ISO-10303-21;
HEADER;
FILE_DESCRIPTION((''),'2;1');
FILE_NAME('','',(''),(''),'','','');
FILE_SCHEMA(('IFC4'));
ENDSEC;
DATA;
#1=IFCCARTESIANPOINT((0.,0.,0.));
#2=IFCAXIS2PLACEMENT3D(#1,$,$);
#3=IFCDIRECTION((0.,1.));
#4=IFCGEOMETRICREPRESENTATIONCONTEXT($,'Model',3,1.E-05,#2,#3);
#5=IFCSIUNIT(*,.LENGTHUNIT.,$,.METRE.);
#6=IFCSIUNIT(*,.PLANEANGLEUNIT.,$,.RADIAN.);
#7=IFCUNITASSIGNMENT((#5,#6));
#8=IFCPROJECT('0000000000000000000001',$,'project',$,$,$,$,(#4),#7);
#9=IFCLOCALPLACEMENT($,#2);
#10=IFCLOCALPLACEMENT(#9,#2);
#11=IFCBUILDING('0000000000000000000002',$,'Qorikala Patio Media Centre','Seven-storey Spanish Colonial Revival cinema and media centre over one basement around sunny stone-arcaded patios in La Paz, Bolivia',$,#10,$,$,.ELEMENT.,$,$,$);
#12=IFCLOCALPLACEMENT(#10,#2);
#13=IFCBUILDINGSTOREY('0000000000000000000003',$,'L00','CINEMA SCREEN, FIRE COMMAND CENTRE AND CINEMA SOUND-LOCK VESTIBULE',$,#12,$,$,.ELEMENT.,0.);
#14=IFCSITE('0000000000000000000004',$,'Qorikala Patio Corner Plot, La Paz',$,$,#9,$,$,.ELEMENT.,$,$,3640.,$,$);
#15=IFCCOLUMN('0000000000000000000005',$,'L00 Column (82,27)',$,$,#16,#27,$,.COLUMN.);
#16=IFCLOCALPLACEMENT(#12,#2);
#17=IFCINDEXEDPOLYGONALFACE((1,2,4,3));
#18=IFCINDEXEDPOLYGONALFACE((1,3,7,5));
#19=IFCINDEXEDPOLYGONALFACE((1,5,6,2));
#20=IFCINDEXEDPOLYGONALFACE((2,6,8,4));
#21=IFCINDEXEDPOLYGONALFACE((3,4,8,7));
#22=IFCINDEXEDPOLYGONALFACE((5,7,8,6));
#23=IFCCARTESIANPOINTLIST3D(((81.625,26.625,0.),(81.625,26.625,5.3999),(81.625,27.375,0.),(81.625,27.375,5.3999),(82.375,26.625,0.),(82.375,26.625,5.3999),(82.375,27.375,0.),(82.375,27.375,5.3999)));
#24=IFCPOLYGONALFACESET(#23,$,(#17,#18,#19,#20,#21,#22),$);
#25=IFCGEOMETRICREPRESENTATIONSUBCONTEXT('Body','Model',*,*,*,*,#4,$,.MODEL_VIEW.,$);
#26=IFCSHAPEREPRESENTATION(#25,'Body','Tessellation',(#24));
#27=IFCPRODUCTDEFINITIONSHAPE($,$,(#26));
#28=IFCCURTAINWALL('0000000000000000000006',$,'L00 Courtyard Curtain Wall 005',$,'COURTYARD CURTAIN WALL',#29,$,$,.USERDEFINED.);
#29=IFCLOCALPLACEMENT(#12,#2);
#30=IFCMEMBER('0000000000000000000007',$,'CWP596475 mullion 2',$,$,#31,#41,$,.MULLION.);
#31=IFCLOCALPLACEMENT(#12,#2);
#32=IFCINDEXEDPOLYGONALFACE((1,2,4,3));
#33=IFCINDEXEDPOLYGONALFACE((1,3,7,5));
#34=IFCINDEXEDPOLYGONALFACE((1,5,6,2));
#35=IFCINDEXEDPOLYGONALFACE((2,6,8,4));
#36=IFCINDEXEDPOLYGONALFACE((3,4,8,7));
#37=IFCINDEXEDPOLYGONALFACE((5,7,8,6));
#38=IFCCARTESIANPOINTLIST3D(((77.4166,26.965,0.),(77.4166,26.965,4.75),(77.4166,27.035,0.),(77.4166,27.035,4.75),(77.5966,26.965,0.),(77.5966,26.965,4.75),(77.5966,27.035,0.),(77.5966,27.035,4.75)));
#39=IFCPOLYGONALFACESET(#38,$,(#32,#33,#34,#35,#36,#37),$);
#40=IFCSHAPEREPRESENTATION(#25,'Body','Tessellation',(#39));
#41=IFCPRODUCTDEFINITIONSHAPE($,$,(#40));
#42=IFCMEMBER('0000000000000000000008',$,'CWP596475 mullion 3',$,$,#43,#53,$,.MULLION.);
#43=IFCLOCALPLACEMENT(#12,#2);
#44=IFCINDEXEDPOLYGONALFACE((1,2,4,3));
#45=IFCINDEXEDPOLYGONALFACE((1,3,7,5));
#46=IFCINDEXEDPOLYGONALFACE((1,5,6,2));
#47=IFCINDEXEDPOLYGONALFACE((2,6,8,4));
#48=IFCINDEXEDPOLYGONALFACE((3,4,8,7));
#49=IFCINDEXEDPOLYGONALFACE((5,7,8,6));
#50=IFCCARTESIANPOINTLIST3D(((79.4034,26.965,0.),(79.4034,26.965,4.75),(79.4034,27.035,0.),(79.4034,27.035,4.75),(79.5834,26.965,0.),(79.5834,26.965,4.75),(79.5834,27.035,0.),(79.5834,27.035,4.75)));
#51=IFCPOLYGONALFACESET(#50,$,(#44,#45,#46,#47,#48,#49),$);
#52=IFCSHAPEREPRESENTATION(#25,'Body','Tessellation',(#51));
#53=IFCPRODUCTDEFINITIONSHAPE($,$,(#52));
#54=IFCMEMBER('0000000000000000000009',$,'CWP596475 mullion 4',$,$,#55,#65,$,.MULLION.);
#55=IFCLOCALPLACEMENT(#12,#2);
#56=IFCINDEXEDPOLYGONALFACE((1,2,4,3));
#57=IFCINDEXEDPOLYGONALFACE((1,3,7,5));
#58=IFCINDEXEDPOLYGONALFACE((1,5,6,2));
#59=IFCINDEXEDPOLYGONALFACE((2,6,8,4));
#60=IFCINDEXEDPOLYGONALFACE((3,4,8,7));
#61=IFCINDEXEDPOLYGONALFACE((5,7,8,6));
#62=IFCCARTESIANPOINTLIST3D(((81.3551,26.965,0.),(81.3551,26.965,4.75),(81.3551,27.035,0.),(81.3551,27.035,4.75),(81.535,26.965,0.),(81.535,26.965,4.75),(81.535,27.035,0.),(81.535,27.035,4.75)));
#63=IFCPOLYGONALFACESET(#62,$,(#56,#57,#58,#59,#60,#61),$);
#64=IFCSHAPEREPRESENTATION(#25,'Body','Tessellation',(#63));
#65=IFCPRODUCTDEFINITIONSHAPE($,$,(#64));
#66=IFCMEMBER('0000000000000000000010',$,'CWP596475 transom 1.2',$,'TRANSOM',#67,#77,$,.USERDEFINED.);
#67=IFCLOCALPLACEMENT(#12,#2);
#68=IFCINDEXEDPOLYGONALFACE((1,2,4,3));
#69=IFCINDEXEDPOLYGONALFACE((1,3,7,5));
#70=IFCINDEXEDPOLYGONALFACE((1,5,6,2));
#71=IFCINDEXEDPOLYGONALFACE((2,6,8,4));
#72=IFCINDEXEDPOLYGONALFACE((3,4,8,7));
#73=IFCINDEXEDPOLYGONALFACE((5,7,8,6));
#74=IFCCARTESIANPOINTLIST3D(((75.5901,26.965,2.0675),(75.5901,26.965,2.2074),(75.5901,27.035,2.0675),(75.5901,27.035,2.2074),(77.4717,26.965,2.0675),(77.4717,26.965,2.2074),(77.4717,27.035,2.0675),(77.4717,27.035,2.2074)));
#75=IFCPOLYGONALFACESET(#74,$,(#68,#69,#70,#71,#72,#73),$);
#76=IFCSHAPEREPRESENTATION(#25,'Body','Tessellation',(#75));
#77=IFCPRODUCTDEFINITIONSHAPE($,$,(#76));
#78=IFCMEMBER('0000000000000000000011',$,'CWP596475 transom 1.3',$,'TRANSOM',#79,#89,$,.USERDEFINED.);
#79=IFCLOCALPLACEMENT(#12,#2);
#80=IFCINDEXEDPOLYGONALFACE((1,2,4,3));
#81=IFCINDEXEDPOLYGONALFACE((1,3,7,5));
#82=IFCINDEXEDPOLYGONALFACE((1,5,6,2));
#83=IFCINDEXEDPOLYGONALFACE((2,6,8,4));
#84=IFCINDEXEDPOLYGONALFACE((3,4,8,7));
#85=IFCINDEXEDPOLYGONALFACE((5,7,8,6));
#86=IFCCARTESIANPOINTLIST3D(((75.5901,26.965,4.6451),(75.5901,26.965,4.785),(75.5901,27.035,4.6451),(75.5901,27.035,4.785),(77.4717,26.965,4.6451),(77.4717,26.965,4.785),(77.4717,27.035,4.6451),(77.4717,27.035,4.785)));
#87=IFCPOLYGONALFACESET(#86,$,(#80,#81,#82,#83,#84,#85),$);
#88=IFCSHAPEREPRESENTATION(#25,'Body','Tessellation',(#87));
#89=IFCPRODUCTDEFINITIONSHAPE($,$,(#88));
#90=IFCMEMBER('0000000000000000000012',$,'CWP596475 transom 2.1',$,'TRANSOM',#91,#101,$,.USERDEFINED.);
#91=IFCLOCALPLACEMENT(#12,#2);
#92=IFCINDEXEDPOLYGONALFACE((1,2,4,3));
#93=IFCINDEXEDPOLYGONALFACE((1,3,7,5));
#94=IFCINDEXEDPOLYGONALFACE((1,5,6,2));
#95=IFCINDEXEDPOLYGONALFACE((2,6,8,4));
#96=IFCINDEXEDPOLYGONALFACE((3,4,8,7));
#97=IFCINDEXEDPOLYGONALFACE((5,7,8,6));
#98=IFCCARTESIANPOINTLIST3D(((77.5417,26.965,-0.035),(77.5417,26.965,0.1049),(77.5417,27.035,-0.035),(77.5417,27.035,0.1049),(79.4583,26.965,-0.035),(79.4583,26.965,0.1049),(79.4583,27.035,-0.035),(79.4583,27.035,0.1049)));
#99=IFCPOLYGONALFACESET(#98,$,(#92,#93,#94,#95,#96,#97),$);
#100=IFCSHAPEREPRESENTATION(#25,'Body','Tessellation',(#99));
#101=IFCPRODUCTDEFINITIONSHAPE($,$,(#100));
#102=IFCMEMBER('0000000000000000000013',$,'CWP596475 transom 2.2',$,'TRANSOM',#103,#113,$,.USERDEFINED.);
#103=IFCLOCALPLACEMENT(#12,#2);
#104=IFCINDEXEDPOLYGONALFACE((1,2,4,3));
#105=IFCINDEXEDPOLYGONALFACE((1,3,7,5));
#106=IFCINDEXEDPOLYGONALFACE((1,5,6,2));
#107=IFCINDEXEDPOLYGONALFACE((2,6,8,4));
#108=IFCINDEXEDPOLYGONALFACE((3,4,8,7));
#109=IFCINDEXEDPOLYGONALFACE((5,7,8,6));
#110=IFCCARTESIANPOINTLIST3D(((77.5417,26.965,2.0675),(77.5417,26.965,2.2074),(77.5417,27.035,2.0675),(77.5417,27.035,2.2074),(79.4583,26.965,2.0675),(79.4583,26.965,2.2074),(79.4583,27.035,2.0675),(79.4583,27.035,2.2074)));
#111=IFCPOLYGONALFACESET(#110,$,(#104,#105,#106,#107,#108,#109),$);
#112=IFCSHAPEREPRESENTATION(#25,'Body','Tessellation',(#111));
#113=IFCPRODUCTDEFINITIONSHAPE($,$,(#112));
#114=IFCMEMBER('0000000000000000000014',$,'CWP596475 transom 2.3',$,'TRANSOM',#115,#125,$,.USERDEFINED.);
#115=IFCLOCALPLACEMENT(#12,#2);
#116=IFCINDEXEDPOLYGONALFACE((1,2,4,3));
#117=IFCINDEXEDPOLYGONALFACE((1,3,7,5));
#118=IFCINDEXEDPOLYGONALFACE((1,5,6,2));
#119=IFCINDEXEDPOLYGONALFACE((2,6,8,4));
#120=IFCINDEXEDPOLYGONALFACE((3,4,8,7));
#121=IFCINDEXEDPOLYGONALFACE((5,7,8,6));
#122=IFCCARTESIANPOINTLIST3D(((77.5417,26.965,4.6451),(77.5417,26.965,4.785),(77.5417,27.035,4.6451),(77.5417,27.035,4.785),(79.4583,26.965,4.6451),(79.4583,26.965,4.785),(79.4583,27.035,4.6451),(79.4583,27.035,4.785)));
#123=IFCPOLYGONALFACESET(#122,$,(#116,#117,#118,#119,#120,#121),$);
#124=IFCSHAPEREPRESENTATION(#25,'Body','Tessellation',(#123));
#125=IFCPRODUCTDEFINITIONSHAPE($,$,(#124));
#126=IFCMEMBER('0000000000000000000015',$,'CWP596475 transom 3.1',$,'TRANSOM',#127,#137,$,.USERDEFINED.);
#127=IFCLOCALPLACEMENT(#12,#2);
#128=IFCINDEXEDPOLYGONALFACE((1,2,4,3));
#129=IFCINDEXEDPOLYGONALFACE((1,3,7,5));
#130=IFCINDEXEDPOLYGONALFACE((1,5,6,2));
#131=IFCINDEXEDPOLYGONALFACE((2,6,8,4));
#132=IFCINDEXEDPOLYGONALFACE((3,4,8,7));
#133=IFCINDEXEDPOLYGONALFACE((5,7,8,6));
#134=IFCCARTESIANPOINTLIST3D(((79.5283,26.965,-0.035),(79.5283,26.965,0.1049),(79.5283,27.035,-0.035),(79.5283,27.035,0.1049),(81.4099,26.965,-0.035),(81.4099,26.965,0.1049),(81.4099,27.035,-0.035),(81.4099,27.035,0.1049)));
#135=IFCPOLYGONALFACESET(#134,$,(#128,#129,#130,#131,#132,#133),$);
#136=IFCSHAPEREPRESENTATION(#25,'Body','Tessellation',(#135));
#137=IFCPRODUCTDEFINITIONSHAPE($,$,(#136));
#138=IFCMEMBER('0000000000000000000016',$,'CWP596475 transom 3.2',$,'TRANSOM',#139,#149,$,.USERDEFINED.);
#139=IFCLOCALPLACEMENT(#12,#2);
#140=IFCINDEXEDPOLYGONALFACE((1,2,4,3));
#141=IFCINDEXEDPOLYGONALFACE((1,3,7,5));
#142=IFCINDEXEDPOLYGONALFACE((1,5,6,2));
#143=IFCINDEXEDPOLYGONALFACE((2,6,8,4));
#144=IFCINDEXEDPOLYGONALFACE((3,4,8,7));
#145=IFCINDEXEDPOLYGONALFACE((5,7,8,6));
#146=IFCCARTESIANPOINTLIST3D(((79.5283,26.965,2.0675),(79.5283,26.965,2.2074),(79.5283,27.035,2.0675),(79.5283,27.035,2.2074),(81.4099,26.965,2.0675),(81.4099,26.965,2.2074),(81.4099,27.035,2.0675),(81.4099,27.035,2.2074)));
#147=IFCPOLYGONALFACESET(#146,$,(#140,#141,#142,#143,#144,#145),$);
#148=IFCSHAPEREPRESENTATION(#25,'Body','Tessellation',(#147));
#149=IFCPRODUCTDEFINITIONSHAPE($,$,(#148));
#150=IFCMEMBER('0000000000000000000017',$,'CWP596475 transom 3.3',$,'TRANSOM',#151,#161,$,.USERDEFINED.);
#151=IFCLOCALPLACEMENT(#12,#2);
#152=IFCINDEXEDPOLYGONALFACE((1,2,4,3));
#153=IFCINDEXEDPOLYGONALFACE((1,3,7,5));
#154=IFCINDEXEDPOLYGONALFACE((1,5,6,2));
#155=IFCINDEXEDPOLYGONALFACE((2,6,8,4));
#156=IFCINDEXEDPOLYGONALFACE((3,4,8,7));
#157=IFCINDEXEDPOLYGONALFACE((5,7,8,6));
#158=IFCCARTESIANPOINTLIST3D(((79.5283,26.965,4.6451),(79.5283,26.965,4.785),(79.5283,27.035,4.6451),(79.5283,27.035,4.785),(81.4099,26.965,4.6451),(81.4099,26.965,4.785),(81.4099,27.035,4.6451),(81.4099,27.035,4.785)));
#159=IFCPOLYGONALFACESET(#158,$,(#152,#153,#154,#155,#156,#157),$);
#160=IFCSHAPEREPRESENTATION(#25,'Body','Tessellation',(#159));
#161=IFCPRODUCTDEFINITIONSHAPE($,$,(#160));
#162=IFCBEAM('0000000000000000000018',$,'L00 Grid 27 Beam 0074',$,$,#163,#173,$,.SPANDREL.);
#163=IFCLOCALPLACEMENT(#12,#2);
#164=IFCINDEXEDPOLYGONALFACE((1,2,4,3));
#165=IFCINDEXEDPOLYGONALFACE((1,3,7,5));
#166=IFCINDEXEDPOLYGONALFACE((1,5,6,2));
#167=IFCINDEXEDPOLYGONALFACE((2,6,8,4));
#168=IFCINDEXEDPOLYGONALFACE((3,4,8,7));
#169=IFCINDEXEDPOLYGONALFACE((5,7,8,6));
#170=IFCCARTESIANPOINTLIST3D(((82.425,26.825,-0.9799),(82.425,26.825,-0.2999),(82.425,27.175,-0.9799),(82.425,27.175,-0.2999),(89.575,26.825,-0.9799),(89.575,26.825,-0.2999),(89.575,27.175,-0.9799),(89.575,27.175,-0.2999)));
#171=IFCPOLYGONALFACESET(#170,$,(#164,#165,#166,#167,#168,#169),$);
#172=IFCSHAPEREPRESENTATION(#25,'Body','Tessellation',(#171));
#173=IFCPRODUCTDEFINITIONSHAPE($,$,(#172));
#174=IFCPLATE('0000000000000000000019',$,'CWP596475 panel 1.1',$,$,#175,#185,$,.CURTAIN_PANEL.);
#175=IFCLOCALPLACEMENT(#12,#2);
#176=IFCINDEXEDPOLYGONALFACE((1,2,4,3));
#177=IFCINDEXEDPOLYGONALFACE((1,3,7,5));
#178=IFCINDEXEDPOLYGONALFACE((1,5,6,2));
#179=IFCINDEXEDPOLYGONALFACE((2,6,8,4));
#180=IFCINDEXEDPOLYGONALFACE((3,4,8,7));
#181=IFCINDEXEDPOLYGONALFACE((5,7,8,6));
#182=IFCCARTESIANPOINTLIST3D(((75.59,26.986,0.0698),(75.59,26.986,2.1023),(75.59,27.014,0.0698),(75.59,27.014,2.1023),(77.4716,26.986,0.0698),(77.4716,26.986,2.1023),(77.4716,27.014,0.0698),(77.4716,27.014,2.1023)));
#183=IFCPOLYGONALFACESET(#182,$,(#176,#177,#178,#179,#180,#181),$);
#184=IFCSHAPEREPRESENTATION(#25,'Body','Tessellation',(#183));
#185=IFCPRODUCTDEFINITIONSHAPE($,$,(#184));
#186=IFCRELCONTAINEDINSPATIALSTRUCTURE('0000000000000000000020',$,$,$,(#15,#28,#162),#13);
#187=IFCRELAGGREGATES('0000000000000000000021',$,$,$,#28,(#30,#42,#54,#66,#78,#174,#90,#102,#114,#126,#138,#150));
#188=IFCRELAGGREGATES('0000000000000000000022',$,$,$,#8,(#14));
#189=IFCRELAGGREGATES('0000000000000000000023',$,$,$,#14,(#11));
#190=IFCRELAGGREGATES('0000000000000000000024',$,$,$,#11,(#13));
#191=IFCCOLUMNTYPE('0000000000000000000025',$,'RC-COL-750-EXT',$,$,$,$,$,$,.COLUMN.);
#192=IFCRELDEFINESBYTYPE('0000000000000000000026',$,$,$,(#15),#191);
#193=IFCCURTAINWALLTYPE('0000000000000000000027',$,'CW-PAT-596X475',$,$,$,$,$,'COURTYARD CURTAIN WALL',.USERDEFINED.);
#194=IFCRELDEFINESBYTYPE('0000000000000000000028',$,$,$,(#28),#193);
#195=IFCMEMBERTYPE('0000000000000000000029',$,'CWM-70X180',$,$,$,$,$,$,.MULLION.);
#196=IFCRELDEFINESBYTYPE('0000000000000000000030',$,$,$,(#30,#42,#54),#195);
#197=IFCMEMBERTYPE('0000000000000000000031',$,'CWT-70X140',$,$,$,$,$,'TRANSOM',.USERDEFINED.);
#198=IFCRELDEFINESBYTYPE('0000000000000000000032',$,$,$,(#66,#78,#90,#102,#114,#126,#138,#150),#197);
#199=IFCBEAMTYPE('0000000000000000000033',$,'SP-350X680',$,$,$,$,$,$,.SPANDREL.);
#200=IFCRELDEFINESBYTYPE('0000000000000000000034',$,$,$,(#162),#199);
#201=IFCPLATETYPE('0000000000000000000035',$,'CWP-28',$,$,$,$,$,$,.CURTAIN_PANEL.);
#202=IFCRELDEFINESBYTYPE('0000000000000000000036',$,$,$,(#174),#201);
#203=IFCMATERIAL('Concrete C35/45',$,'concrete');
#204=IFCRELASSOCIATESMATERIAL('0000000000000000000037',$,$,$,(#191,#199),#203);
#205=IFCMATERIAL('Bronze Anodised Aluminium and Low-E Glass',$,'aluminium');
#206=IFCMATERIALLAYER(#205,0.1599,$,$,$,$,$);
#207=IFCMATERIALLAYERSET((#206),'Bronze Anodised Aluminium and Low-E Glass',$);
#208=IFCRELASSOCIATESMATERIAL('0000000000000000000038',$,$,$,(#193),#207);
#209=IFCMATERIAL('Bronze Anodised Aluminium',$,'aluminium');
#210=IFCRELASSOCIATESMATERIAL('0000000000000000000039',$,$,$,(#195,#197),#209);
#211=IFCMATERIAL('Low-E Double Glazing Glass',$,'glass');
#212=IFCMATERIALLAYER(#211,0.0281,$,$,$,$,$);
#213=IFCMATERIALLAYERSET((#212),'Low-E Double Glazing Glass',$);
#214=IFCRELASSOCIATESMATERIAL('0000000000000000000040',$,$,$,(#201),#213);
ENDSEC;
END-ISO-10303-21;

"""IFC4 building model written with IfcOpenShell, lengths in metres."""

from ifc_helpers import new_model, si_unit, direction, frame, origin, origin_2d, place, context, subcontext, project, spatial, rectangle, extrude, material, layer, layer_set, material_profile, profile_set, type_object, element, aggregate, save


model = new_model("IFC4")

# Units and contexts
model_context = context("Model", 3, precision=1e-05, world=origin(), true_north=direction((0.0, 1.0)))
body_context = subcontext(model_context, "Body", "Model", "MODEL_VIEW")
ifc_project = project(units=[si_unit("LENGTHUNIT", "METRE"), si_unit("PLANEANGLEUNIT", "RADIAN")], contexts=[model_context])

# Site, building, storey
site_placement = place(None, origin())
site = spatial("IfcSite", under=ifc_project, at=site_placement, Name="Qorikala Patio Corner Plot, La Paz", CompositionType="ELEMENT", RefElevation=3640.0)
building_placement = place(site_placement, origin())
building = spatial("IfcBuilding", under=site, at=building_placement, Name="Qorikala Patio Media Centre", Description="Seven-storey Spanish Colonial Revival cinema and media centre over one basement around sunny stone-arcaded patios in La Paz, Bolivia", CompositionType="ELEMENT")
storey_placement = place(building_placement, origin())
storey = spatial("IfcBuildingStorey", under=building, at=storey_placement, Name="L00", Description="CINEMA SCREEN, FIRE COMMAND CENTRE AND CINEMA SOUND-LOCK VESTIBULE", CompositionType="ELEMENT", Elevation=0.0)

# Column
ifc_material_1 = material(Name="Concrete C35/45", Category="concrete")
ifc_material_profile_1 = material_profile(ifc_material_1, rectangle(XDim=0.75, YDim=0.75, at=origin_2d()), Name="RC 750x750")
ifc_profile_set_1 = profile_set([ifc_material_profile_1], Name="Concrete C35/45")
column_type = type_object("IfcColumnType", Name="RC-COL-750-EXT", PredefinedType="COLUMN", material=ifc_profile_set_1)
column_placement = place(storey_placement, frame((82.0, 27.0, 0.0), z_axis=(0.0, 0.0, 1.0), x_axis=(1.0, 0.0, 0.0)))
element("IfcColumn", 1, at=column_placement, inside=storey, type_object=column_type, Name="L00 Column (82,27)", PredefinedType="COLUMN", context=body_context, shape_type="SweptSolid", body=[
    extrude(rectangle(XDim=0.75, YDim=0.75, at=origin_2d()), origin(), (0.0, 0.0, 1.0), 5.3999),
])

# Curtain wall, members
ifc_material_2 = material(Name="Bronze Anodised Aluminium and Low-E Glass", Category="aluminium")
ifc_layer_1 = layer(ifc_material_2, 0.1599)
ifc_layer_set_1 = layer_set([ifc_layer_1], Name="Bronze Anodised Aluminium and Low-E Glass")
curtain_wall_type = type_object("IfcCurtainWallType", Name="CW-PAT-596X475", ElementType="COURTYARD CURTAIN WALL", PredefinedType="USERDEFINED", material=ifc_layer_set_1)
curtain_wall_placement = place(storey_placement, origin())
curtain_wall = element("IfcCurtainWall", 2, at=curtain_wall_placement, inside=storey, type_object=curtain_wall_type, Name="L00 Courtyard Curtain Wall 005", ObjectType="COURTYARD CURTAIN WALL", PredefinedType="USERDEFINED")
ifc_material_3 = material(Name="Bronze Anodised Aluminium", Category="aluminium")
ifc_material_profile_2 = material_profile(ifc_material_3, rectangle(XDim=0.0701, YDim=0.1799, at=origin_2d()), Name="ALU MULLION 70x180")
ifc_profile_set_2 = profile_set([ifc_material_profile_2], Name="Bronze Anodised Aluminium")
member_type_1 = type_object("IfcMemberType", Name="CWM-70X180", PredefinedType="MULLION", material=ifc_profile_set_2)
member_1_placement = place(storey_placement, frame((77.5066, 27.0, 0.0), z_axis=(0.0, 0.0, 1.0), x_axis=(0.0, 1.0, 0.0)))
member_1 = element("IfcMember", 3, at=member_1_placement, type_object=member_type_1, Name="CWP596475 mullion 2", PredefinedType="MULLION", context=body_context, shape_type="SweptSolid", body=[
    extrude(rectangle(XDim=0.0701, YDim=0.1799, at=origin_2d()), origin(), (0.0, 0.0, 1.0), 4.75),
])
member_2_placement = place(storey_placement, frame((79.4934, 27.0, 0.0), z_axis=(0.0, 0.0, 1.0), x_axis=(0.0, 1.0, 0.0)))
member_2 = element("IfcMember", 4, at=member_2_placement, type_object=member_type_1, Name="CWP596475 mullion 3", PredefinedType="MULLION", context=body_context, shape_type="SweptSolid", body=[
    extrude(rectangle(XDim=0.0701, YDim=0.1799, at=origin_2d()), origin(), (0.0, 0.0, 1.0), 4.75),
])
member_3_placement = place(storey_placement, frame((81.4451, 27.0, 0.0), z_axis=(0.0, 0.0, 1.0), x_axis=(0.0, 1.0, 0.0)))
member_3 = element("IfcMember", 5, at=member_3_placement, type_object=member_type_1, Name="CWP596475 mullion 4", PredefinedType="MULLION", context=body_context, shape_type="SweptSolid", body=[
    extrude(rectangle(XDim=0.0701, YDim=0.1799, at=origin_2d()), origin(), (0.0, 0.0, 1.0), 4.75),
])
ifc_material_profile_3 = material_profile(ifc_material_3, rectangle(XDim=0.0701, YDim=0.1399, at=origin_2d()), Name="ALU TRANSOM 70x140")
ifc_profile_set_3 = profile_set([ifc_material_profile_3], Name="Bronze Anodised Aluminium")
member_type_2 = type_object("IfcMemberType", Name="CWT-70X140", ElementType="TRANSOM", PredefinedType="USERDEFINED", material=ifc_profile_set_3)
member_4_placement = place(storey_placement, frame((75.5901, 27.0, 2.1375), z_axis=(1.0, 0.0, 0.0), x_axis=(0.0, 1.0, 0.0)))
member_4 = element("IfcMember", 6, at=member_4_placement, type_object=member_type_2, Name="CWP596475 transom 1.2", ObjectType="TRANSOM", PredefinedType="USERDEFINED", context=body_context, shape_type="SweptSolid", body=[
    extrude(rectangle(XDim=0.0701, YDim=0.1399, at=origin_2d()), origin(), (0.0, 0.0, 1.0), 1.8816),
])
member_5_placement = place(storey_placement, frame((75.5901, 27.0, 4.7151), z_axis=(1.0, 0.0, 0.0), x_axis=(0.0, 1.0, 0.0)))
member_5 = element("IfcMember", 7, at=member_5_placement, type_object=member_type_2, Name="CWP596475 transom 1.3", ObjectType="TRANSOM", PredefinedType="USERDEFINED", context=body_context, shape_type="SweptSolid", body=[
    extrude(rectangle(XDim=0.0701, YDim=0.1399, at=origin_2d()), origin(), (0.0, 0.0, 1.0), 1.8816),
])
member_6_placement = place(storey_placement, frame((77.5417, 27.0, 0.0349), z_axis=(1.0, 0.0, 0.0), x_axis=(0.0, 1.0, 0.0)))
member_6 = element("IfcMember", 8, at=member_6_placement, type_object=member_type_2, Name="CWP596475 transom 2.1", ObjectType="TRANSOM", PredefinedType="USERDEFINED", context=body_context, shape_type="SweptSolid", body=[
    extrude(rectangle(XDim=0.0701, YDim=0.1399, at=origin_2d()), origin(), (0.0, 0.0, 1.0), 1.9165),
])
member_7_placement = place(storey_placement, frame((77.5417, 27.0, 2.1375), z_axis=(1.0, 0.0, 0.0), x_axis=(0.0, 1.0, 0.0)))
member_7 = element("IfcMember", 9, at=member_7_placement, type_object=member_type_2, Name="CWP596475 transom 2.2", ObjectType="TRANSOM", PredefinedType="USERDEFINED", context=body_context, shape_type="SweptSolid", body=[
    extrude(rectangle(XDim=0.0701, YDim=0.1399, at=origin_2d()), origin(), (0.0, 0.0, 1.0), 1.9165),
])
member_8_placement = place(storey_placement, frame((77.5417, 27.0, 4.7151), z_axis=(1.0, 0.0, 0.0), x_axis=(0.0, 1.0, 0.0)))
member_8 = element("IfcMember", 10, at=member_8_placement, type_object=member_type_2, Name="CWP596475 transom 2.3", ObjectType="TRANSOM", PredefinedType="USERDEFINED", context=body_context, shape_type="SweptSolid", body=[
    extrude(rectangle(XDim=0.0701, YDim=0.1399, at=origin_2d()), origin(), (0.0, 0.0, 1.0), 1.9165),
])
member_9_placement = place(storey_placement, frame((79.5283, 27.0, 0.0349), z_axis=(1.0, 0.0, 0.0), x_axis=(0.0, 1.0, 0.0)))
member_9 = element("IfcMember", 11, at=member_9_placement, type_object=member_type_2, Name="CWP596475 transom 3.1", ObjectType="TRANSOM", PredefinedType="USERDEFINED", context=body_context, shape_type="SweptSolid", body=[
    extrude(rectangle(XDim=0.0701, YDim=0.1399, at=origin_2d()), origin(), (0.0, 0.0, 1.0), 1.8816),
])
member_10_placement = place(storey_placement, frame((79.5283, 27.0, 2.1375), z_axis=(1.0, 0.0, 0.0), x_axis=(0.0, 1.0, 0.0)))
member_10 = element("IfcMember", 12, at=member_10_placement, type_object=member_type_2, Name="CWP596475 transom 3.2", ObjectType="TRANSOM", PredefinedType="USERDEFINED", context=body_context, shape_type="SweptSolid", body=[
    extrude(rectangle(XDim=0.0701, YDim=0.1399, at=origin_2d()), origin(), (0.0, 0.0, 1.0), 1.8816),
])
member_11_placement = place(storey_placement, frame((79.5283, 27.0, 4.7151), z_axis=(1.0, 0.0, 0.0), x_axis=(0.0, 1.0, 0.0)))
member_11 = element("IfcMember", 13, at=member_11_placement, type_object=member_type_2, Name="CWP596475 transom 3.3", ObjectType="TRANSOM", PredefinedType="USERDEFINED", context=body_context, shape_type="SweptSolid", body=[
    extrude(rectangle(XDim=0.0701, YDim=0.1399, at=origin_2d()), origin(), (0.0, 0.0, 1.0), 1.8816),
])

# Beam
ifc_material_profile_4 = material_profile(ifc_material_1, rectangle(XDim=0.3501, YDim=0.6799, at=origin_2d()), Name="RC 350x680")
ifc_profile_set_4 = profile_set([ifc_material_profile_4], Name="Concrete C35/45")
beam_type = type_object("IfcBeamType", Name="SP-350X680", PredefinedType="SPANDREL", material=ifc_profile_set_4)
beam_placement = place(storey_placement, frame((82.425, 27.0, -0.6399), z_axis=(1.0, 0.0, 0.0), x_axis=(0.0, 1.0, 0.0)))
element("IfcBeam", 14, at=beam_placement, inside=storey, type_object=beam_type, Name="L00 Grid 27 Beam 0074", PredefinedType="SPANDREL", context=body_context, shape_type="SweptSolid", body=[
    extrude(rectangle(XDim=0.3501, YDim=0.6799, at=origin_2d()), origin(), (0.0, 0.0, 1.0), 7.1499),
])

# Plate
ifc_material_4 = material(Name="Low-E Double Glazing Glass", Category="glass")
ifc_layer_2 = layer(ifc_material_4, 0.0281)
ifc_layer_set_2 = layer_set([ifc_layer_2], Name="Low-E Double Glazing Glass")
plate_type = type_object("IfcPlateType", Name="CWP-28", PredefinedType="CURTAIN_PANEL", material=ifc_layer_set_2)
plate_1_placement = place(storey_placement, frame((76.5308, 27.0, 0.0698), z_axis=(0.0, 0.0, 1.0), x_axis=(1.0, 0.0, 0.0)))
plate_1 = element("IfcPlate", 15, at=plate_1_placement, type_object=plate_type, Name="CWP596475 panel 1.1", PredefinedType="CURTAIN_PANEL", context=body_context, shape_type="SweptSolid", body=[
    extrude(rectangle(XDim=1.8816, YDim=0.0281, at=origin_2d()), origin(), (0.0, 0.0, 1.0), 2.0325),
])
aggregate(curtain_wall, [member_1, member_2, member_3, member_4, member_5, plate_1, member_6, member_7, member_8, member_9, member_10, member_11])

save(model, "model.ifc")
